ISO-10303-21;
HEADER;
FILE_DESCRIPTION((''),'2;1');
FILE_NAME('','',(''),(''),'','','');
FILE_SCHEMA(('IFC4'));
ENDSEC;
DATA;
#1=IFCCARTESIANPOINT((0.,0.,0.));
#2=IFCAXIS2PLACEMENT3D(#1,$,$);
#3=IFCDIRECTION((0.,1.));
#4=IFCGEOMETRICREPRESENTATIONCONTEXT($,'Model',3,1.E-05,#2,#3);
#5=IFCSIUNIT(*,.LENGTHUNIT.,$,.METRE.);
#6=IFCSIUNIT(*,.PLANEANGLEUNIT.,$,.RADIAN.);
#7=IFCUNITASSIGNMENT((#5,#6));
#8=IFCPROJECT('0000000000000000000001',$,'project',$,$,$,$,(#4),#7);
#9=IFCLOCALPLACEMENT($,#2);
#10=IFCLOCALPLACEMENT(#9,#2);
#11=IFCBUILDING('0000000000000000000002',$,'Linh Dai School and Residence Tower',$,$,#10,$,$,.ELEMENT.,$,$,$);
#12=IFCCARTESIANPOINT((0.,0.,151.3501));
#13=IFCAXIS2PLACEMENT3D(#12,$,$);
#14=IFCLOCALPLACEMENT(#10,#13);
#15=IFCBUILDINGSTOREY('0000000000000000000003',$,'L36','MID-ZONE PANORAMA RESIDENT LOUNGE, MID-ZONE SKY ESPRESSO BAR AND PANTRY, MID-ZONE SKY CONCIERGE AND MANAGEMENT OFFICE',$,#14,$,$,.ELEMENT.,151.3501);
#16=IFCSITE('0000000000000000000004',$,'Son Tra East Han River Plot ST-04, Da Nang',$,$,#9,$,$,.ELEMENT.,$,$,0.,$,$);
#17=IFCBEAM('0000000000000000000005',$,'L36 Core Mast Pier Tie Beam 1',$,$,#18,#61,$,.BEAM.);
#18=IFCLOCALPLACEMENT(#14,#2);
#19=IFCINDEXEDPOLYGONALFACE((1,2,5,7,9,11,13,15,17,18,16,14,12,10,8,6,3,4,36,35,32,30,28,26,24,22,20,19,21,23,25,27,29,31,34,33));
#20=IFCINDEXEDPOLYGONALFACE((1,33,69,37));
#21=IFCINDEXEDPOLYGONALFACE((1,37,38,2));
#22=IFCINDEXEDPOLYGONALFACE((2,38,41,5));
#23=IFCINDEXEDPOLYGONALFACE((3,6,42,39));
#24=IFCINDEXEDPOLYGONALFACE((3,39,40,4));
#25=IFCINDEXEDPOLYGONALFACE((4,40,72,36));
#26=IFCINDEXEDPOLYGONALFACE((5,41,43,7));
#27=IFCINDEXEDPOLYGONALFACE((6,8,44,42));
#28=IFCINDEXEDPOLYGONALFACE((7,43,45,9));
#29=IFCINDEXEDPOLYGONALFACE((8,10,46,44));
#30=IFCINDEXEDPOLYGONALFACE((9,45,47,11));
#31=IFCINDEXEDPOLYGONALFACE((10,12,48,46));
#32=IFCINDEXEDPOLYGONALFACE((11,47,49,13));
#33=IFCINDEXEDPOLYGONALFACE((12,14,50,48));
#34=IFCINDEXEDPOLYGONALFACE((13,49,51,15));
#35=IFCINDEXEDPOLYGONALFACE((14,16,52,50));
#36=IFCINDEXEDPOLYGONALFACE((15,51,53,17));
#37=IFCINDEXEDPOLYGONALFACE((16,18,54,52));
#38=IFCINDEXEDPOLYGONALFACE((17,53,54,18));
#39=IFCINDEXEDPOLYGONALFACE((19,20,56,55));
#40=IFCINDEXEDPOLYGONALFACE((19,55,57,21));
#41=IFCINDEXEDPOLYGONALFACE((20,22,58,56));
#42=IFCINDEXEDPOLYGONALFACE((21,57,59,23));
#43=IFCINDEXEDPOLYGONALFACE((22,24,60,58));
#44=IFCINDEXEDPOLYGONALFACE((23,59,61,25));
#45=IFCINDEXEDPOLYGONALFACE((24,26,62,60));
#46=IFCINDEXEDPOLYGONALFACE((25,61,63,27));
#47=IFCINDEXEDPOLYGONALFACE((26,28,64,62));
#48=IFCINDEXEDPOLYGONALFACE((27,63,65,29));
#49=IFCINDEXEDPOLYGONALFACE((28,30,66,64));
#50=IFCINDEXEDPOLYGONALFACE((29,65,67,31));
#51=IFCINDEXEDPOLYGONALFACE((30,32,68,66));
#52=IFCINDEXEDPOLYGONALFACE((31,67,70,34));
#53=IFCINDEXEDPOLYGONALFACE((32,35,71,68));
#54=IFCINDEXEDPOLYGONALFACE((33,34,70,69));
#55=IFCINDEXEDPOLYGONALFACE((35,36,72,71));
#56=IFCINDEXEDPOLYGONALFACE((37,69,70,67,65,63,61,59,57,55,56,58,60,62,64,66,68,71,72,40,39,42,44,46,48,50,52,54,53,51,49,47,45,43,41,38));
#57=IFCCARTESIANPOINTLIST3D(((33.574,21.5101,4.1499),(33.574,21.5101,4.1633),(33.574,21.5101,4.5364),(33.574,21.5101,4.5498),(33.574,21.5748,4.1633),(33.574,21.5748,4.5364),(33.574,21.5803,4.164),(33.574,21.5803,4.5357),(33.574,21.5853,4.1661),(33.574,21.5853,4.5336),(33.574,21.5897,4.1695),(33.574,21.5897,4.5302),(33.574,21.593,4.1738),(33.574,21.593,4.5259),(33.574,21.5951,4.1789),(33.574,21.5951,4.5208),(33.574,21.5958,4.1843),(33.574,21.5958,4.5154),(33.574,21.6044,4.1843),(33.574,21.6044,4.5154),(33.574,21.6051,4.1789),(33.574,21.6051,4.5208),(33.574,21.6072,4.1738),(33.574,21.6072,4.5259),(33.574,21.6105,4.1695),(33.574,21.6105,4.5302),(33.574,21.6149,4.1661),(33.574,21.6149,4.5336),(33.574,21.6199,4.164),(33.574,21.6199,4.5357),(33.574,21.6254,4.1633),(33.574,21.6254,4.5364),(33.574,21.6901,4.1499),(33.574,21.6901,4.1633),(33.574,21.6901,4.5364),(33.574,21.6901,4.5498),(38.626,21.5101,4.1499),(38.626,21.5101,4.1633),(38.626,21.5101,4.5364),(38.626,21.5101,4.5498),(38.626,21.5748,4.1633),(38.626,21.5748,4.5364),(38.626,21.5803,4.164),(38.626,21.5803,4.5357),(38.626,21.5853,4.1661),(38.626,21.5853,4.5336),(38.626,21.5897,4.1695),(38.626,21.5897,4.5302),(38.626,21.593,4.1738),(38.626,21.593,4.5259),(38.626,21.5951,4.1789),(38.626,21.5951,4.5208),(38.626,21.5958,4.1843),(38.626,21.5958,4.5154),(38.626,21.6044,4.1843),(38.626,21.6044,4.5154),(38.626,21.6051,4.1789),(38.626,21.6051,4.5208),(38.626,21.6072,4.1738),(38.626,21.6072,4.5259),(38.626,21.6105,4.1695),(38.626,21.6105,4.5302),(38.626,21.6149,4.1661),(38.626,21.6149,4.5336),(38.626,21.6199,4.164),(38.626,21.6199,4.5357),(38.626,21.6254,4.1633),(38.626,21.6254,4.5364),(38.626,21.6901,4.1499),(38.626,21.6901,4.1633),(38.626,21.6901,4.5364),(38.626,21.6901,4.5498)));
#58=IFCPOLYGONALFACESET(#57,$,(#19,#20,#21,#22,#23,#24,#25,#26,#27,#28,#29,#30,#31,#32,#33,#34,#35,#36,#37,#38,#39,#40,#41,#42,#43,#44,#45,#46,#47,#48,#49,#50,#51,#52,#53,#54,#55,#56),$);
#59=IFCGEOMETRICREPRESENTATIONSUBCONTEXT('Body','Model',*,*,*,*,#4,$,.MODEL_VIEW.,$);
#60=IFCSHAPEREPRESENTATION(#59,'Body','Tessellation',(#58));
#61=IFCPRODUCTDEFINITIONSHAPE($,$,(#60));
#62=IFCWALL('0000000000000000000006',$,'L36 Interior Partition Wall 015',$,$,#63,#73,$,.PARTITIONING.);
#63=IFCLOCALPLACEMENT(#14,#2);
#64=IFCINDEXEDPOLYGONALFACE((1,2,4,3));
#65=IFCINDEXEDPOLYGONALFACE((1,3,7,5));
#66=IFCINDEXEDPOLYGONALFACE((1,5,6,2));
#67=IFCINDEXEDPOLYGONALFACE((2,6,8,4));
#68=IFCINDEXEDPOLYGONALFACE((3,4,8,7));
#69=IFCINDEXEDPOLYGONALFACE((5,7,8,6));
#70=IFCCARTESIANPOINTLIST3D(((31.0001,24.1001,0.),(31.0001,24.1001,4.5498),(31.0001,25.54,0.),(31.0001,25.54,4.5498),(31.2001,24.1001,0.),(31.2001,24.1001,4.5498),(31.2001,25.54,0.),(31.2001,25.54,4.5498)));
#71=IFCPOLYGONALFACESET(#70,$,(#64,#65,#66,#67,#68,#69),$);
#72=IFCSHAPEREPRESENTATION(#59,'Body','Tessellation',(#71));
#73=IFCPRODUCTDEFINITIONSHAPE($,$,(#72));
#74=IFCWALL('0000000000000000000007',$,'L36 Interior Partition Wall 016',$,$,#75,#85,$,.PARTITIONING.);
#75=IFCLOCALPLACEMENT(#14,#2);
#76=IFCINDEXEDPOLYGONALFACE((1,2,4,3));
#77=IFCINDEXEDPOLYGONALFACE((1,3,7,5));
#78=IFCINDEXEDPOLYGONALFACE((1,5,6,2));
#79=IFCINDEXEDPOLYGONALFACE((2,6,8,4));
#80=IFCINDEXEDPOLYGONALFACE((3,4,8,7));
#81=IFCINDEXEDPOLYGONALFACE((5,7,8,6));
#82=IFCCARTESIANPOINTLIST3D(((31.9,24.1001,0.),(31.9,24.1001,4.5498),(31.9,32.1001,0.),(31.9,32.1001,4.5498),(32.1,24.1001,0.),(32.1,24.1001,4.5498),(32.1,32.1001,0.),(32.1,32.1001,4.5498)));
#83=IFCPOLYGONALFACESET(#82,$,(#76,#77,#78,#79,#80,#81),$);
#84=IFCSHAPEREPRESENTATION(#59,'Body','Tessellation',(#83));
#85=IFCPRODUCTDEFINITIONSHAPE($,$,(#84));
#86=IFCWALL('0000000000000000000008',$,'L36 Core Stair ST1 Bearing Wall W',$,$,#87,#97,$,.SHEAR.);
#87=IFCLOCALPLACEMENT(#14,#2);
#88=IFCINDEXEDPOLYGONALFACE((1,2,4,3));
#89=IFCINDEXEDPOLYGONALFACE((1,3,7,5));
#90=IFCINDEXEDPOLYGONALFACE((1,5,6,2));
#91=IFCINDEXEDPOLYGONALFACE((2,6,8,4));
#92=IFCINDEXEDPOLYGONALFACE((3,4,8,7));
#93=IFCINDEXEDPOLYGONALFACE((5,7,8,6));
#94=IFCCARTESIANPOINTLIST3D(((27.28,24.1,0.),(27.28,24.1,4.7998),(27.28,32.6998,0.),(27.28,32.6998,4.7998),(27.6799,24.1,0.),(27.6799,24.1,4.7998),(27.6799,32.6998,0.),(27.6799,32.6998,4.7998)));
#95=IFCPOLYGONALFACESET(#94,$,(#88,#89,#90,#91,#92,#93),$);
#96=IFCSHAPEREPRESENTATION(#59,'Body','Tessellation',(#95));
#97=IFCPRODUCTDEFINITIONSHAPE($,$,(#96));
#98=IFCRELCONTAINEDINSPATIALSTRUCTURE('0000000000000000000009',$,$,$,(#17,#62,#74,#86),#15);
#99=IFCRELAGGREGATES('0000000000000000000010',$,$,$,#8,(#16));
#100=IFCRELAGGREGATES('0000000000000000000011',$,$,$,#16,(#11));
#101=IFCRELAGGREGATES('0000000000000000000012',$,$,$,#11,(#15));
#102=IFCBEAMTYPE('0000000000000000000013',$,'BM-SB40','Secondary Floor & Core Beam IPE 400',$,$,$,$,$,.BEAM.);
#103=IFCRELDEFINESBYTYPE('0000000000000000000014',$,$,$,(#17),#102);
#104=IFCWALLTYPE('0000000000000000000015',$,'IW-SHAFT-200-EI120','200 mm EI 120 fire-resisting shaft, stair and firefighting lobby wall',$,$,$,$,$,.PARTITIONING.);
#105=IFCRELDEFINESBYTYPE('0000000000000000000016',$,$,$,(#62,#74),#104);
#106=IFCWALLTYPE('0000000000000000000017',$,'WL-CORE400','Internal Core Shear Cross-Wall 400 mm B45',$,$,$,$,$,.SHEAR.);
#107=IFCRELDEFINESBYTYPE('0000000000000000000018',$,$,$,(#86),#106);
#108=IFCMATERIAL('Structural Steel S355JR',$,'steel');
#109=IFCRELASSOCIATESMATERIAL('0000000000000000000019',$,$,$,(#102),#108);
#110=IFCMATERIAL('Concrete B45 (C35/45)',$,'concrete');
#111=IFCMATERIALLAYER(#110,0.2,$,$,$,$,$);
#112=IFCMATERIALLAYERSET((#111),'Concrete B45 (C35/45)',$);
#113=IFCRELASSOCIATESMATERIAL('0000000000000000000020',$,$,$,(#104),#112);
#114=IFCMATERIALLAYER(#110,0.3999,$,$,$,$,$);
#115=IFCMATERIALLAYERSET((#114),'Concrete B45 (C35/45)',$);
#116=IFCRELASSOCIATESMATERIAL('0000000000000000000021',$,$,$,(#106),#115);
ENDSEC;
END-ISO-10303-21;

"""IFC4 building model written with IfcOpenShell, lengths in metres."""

from ifc_helpers import new_model, si_unit, direction, frame, frame_2d, origin, origin_2d, place, context, subcontext, project, spatial, rectangle, i_section, extrude, material, layer, layer_set, material_profile, profile_set, type_object, element, save


model = new_model("IFC4")

# Units and contexts
model_context = context("Model", 3, precision=1e-05, world=origin(), true_north=direction((0.0, 1.0)))
body_context = subcontext(model_context, "Body", "Model", "MODEL_VIEW")
ifc_project = project(units=[si_unit("LENGTHUNIT", "METRE"), si_unit("PLANEANGLEUNIT", "RADIAN")], contexts=[model_context])

# Site, building, storey
site_placement = place(None, origin())
site = spatial("IfcSite", under=ifc_project, at=site_placement, Name="Son Tra East Han River Plot ST-04, Da Nang", CompositionType="ELEMENT", RefElevation=0.0)
building_placement = place(site_placement, origin())
building = spatial("IfcBuilding", under=site, at=building_placement, Name="Linh Dai School and Residence Tower", CompositionType="ELEMENT")
storey_placement = place(building_placement, frame((0.0, 0.0, 151.3501)))
storey = spatial("IfcBuildingStorey", under=building, at=storey_placement, Name="L36", Description="MID-ZONE PANORAMA RESIDENT LOUNGE, MID-ZONE SKY ESPRESSO BAR AND PANTRY, MID-ZONE SKY CONCIERGE AND MANAGEMENT OFFICE", CompositionType="ELEMENT", Elevation=151.3501)

# Shared definitions
ifc_material_1 = material(Name="Structural Steel S355JR", Category="steel")

# Beam
ifc_material_profile_1 = material_profile(ifc_material_1, i_section(OverallWidth=0.1799, OverallDepth=0.3999, WebThickness=0.0085, FlangeThickness=0.0134, FilletRadius=0.021, at=origin_2d()), Name="IPE 400")
ifc_profile_set_1 = profile_set([ifc_material_profile_1], Name="Structural Steel S355JR")
beam_type_1 = type_object("IfcBeamType", Name="BM-SB40", Description="Secondary Floor & Core Beam IPE 400", PredefinedType="BEAM", material=ifc_profile_set_1)
beam_1_placement = place(storey_placement, frame((33.574, 21.6001, 4.3499), z_axis=(1.0, 0.0, 0.0), x_axis=(0.0, 1.0, 0.0)))
element("IfcBeam", 1, at=beam_1_placement, inside=storey, type_object=beam_type_1, Name="L36 Core Mast Pier Tie Beam 1", PredefinedType="BEAM", context=body_context, shape_type="SweptSolid", body=[
    extrude(i_section(OverallWidth=0.1799, OverallDepth=0.3999, WebThickness=0.0085, FlangeThickness=0.0134, FilletRadius=0.021, at=origin_2d()), origin(), (0.0, 0.0, 1.0), 5.052),
])

# Shared definitions
ifc_material_2 = material(Name="Concrete B45 (C35/45)", Category="concrete")
ifc_layer_1 = layer(ifc_material_2, 0.2)
ifc_layer_set_1 = layer_set([ifc_layer_1], Name="Concrete B45 (C35/45)")
wall_type_1 = type_object("IfcWallType", Name="IW-SHAFT-200-EI120", Description="200 mm EI 120 fire-resisting shaft, stair and firefighting lobby wall", PredefinedType="PARTITIONING", material=ifc_layer_set_1)

# Walls
wall_1_placement = place(storey_placement, frame((31.1001, 24.1001, 0.0), z_axis=(0.0, 0.0, 1.0), x_axis=(0.0, 1.0, 0.0)))
element("IfcWall", 2, at=wall_1_placement, inside=storey, type_object=wall_type_1, Name="L36 Interior Partition Wall 015", PredefinedType="PARTITIONING", context=body_context, shape_type="SweptSolid", body=[
    extrude(rectangle(XDim=1.4399, YDim=0.2, at=frame_2d((0.72, 0.0))), origin(), (0.0, 0.0, 1.0), 4.5498),
])
wall_2_placement = place(storey_placement, frame((32.0, 24.1001, 0.0), z_axis=(0.0, 0.0, 1.0), x_axis=(0.0, 1.0, 0.0)))
element("IfcWall", 3, at=wall_2_placement, inside=storey, type_object=wall_type_1, Name="L36 Interior Partition Wall 016", PredefinedType="PARTITIONING", context=body_context, shape_type="SweptSolid", body=[
    extrude(rectangle(XDim=8.0, YDim=0.2, at=frame_2d((4.0, 0.0))), origin(), (0.0, 0.0, 1.0), 4.5498),
])

# Wall
ifc_layer_2 = layer(ifc_material_2, 0.3999)
ifc_layer_set_2 = layer_set([ifc_layer_2], Name="Concrete B45 (C35/45)")
wall_type_2 = type_object("IfcWallType", Name="WL-CORE400", Description="Internal Core Shear Cross-Wall 400 mm B45", PredefinedType="SHEAR", material=ifc_layer_set_2)
wall_3_placement = place(storey_placement, frame((27.48, 24.1001, 0.0), z_axis=(0.0, 0.0, 1.0), x_axis=(0.0, 1.0, 0.0)))
element("IfcWall", 4, at=wall_3_placement, inside=storey, type_object=wall_type_2, Name="L36 Core Stair ST1 Bearing Wall W", PredefinedType="SHEAR", context=body_context, shape_type="SweptSolid", body=[
    extrude(rectangle(XDim=8.5999, YDim=0.3999, at=frame_2d((4.2998, 0.0))), origin(), (0.0, 0.0, 1.0), 4.7998),
])

save(model, "model.ifc")
